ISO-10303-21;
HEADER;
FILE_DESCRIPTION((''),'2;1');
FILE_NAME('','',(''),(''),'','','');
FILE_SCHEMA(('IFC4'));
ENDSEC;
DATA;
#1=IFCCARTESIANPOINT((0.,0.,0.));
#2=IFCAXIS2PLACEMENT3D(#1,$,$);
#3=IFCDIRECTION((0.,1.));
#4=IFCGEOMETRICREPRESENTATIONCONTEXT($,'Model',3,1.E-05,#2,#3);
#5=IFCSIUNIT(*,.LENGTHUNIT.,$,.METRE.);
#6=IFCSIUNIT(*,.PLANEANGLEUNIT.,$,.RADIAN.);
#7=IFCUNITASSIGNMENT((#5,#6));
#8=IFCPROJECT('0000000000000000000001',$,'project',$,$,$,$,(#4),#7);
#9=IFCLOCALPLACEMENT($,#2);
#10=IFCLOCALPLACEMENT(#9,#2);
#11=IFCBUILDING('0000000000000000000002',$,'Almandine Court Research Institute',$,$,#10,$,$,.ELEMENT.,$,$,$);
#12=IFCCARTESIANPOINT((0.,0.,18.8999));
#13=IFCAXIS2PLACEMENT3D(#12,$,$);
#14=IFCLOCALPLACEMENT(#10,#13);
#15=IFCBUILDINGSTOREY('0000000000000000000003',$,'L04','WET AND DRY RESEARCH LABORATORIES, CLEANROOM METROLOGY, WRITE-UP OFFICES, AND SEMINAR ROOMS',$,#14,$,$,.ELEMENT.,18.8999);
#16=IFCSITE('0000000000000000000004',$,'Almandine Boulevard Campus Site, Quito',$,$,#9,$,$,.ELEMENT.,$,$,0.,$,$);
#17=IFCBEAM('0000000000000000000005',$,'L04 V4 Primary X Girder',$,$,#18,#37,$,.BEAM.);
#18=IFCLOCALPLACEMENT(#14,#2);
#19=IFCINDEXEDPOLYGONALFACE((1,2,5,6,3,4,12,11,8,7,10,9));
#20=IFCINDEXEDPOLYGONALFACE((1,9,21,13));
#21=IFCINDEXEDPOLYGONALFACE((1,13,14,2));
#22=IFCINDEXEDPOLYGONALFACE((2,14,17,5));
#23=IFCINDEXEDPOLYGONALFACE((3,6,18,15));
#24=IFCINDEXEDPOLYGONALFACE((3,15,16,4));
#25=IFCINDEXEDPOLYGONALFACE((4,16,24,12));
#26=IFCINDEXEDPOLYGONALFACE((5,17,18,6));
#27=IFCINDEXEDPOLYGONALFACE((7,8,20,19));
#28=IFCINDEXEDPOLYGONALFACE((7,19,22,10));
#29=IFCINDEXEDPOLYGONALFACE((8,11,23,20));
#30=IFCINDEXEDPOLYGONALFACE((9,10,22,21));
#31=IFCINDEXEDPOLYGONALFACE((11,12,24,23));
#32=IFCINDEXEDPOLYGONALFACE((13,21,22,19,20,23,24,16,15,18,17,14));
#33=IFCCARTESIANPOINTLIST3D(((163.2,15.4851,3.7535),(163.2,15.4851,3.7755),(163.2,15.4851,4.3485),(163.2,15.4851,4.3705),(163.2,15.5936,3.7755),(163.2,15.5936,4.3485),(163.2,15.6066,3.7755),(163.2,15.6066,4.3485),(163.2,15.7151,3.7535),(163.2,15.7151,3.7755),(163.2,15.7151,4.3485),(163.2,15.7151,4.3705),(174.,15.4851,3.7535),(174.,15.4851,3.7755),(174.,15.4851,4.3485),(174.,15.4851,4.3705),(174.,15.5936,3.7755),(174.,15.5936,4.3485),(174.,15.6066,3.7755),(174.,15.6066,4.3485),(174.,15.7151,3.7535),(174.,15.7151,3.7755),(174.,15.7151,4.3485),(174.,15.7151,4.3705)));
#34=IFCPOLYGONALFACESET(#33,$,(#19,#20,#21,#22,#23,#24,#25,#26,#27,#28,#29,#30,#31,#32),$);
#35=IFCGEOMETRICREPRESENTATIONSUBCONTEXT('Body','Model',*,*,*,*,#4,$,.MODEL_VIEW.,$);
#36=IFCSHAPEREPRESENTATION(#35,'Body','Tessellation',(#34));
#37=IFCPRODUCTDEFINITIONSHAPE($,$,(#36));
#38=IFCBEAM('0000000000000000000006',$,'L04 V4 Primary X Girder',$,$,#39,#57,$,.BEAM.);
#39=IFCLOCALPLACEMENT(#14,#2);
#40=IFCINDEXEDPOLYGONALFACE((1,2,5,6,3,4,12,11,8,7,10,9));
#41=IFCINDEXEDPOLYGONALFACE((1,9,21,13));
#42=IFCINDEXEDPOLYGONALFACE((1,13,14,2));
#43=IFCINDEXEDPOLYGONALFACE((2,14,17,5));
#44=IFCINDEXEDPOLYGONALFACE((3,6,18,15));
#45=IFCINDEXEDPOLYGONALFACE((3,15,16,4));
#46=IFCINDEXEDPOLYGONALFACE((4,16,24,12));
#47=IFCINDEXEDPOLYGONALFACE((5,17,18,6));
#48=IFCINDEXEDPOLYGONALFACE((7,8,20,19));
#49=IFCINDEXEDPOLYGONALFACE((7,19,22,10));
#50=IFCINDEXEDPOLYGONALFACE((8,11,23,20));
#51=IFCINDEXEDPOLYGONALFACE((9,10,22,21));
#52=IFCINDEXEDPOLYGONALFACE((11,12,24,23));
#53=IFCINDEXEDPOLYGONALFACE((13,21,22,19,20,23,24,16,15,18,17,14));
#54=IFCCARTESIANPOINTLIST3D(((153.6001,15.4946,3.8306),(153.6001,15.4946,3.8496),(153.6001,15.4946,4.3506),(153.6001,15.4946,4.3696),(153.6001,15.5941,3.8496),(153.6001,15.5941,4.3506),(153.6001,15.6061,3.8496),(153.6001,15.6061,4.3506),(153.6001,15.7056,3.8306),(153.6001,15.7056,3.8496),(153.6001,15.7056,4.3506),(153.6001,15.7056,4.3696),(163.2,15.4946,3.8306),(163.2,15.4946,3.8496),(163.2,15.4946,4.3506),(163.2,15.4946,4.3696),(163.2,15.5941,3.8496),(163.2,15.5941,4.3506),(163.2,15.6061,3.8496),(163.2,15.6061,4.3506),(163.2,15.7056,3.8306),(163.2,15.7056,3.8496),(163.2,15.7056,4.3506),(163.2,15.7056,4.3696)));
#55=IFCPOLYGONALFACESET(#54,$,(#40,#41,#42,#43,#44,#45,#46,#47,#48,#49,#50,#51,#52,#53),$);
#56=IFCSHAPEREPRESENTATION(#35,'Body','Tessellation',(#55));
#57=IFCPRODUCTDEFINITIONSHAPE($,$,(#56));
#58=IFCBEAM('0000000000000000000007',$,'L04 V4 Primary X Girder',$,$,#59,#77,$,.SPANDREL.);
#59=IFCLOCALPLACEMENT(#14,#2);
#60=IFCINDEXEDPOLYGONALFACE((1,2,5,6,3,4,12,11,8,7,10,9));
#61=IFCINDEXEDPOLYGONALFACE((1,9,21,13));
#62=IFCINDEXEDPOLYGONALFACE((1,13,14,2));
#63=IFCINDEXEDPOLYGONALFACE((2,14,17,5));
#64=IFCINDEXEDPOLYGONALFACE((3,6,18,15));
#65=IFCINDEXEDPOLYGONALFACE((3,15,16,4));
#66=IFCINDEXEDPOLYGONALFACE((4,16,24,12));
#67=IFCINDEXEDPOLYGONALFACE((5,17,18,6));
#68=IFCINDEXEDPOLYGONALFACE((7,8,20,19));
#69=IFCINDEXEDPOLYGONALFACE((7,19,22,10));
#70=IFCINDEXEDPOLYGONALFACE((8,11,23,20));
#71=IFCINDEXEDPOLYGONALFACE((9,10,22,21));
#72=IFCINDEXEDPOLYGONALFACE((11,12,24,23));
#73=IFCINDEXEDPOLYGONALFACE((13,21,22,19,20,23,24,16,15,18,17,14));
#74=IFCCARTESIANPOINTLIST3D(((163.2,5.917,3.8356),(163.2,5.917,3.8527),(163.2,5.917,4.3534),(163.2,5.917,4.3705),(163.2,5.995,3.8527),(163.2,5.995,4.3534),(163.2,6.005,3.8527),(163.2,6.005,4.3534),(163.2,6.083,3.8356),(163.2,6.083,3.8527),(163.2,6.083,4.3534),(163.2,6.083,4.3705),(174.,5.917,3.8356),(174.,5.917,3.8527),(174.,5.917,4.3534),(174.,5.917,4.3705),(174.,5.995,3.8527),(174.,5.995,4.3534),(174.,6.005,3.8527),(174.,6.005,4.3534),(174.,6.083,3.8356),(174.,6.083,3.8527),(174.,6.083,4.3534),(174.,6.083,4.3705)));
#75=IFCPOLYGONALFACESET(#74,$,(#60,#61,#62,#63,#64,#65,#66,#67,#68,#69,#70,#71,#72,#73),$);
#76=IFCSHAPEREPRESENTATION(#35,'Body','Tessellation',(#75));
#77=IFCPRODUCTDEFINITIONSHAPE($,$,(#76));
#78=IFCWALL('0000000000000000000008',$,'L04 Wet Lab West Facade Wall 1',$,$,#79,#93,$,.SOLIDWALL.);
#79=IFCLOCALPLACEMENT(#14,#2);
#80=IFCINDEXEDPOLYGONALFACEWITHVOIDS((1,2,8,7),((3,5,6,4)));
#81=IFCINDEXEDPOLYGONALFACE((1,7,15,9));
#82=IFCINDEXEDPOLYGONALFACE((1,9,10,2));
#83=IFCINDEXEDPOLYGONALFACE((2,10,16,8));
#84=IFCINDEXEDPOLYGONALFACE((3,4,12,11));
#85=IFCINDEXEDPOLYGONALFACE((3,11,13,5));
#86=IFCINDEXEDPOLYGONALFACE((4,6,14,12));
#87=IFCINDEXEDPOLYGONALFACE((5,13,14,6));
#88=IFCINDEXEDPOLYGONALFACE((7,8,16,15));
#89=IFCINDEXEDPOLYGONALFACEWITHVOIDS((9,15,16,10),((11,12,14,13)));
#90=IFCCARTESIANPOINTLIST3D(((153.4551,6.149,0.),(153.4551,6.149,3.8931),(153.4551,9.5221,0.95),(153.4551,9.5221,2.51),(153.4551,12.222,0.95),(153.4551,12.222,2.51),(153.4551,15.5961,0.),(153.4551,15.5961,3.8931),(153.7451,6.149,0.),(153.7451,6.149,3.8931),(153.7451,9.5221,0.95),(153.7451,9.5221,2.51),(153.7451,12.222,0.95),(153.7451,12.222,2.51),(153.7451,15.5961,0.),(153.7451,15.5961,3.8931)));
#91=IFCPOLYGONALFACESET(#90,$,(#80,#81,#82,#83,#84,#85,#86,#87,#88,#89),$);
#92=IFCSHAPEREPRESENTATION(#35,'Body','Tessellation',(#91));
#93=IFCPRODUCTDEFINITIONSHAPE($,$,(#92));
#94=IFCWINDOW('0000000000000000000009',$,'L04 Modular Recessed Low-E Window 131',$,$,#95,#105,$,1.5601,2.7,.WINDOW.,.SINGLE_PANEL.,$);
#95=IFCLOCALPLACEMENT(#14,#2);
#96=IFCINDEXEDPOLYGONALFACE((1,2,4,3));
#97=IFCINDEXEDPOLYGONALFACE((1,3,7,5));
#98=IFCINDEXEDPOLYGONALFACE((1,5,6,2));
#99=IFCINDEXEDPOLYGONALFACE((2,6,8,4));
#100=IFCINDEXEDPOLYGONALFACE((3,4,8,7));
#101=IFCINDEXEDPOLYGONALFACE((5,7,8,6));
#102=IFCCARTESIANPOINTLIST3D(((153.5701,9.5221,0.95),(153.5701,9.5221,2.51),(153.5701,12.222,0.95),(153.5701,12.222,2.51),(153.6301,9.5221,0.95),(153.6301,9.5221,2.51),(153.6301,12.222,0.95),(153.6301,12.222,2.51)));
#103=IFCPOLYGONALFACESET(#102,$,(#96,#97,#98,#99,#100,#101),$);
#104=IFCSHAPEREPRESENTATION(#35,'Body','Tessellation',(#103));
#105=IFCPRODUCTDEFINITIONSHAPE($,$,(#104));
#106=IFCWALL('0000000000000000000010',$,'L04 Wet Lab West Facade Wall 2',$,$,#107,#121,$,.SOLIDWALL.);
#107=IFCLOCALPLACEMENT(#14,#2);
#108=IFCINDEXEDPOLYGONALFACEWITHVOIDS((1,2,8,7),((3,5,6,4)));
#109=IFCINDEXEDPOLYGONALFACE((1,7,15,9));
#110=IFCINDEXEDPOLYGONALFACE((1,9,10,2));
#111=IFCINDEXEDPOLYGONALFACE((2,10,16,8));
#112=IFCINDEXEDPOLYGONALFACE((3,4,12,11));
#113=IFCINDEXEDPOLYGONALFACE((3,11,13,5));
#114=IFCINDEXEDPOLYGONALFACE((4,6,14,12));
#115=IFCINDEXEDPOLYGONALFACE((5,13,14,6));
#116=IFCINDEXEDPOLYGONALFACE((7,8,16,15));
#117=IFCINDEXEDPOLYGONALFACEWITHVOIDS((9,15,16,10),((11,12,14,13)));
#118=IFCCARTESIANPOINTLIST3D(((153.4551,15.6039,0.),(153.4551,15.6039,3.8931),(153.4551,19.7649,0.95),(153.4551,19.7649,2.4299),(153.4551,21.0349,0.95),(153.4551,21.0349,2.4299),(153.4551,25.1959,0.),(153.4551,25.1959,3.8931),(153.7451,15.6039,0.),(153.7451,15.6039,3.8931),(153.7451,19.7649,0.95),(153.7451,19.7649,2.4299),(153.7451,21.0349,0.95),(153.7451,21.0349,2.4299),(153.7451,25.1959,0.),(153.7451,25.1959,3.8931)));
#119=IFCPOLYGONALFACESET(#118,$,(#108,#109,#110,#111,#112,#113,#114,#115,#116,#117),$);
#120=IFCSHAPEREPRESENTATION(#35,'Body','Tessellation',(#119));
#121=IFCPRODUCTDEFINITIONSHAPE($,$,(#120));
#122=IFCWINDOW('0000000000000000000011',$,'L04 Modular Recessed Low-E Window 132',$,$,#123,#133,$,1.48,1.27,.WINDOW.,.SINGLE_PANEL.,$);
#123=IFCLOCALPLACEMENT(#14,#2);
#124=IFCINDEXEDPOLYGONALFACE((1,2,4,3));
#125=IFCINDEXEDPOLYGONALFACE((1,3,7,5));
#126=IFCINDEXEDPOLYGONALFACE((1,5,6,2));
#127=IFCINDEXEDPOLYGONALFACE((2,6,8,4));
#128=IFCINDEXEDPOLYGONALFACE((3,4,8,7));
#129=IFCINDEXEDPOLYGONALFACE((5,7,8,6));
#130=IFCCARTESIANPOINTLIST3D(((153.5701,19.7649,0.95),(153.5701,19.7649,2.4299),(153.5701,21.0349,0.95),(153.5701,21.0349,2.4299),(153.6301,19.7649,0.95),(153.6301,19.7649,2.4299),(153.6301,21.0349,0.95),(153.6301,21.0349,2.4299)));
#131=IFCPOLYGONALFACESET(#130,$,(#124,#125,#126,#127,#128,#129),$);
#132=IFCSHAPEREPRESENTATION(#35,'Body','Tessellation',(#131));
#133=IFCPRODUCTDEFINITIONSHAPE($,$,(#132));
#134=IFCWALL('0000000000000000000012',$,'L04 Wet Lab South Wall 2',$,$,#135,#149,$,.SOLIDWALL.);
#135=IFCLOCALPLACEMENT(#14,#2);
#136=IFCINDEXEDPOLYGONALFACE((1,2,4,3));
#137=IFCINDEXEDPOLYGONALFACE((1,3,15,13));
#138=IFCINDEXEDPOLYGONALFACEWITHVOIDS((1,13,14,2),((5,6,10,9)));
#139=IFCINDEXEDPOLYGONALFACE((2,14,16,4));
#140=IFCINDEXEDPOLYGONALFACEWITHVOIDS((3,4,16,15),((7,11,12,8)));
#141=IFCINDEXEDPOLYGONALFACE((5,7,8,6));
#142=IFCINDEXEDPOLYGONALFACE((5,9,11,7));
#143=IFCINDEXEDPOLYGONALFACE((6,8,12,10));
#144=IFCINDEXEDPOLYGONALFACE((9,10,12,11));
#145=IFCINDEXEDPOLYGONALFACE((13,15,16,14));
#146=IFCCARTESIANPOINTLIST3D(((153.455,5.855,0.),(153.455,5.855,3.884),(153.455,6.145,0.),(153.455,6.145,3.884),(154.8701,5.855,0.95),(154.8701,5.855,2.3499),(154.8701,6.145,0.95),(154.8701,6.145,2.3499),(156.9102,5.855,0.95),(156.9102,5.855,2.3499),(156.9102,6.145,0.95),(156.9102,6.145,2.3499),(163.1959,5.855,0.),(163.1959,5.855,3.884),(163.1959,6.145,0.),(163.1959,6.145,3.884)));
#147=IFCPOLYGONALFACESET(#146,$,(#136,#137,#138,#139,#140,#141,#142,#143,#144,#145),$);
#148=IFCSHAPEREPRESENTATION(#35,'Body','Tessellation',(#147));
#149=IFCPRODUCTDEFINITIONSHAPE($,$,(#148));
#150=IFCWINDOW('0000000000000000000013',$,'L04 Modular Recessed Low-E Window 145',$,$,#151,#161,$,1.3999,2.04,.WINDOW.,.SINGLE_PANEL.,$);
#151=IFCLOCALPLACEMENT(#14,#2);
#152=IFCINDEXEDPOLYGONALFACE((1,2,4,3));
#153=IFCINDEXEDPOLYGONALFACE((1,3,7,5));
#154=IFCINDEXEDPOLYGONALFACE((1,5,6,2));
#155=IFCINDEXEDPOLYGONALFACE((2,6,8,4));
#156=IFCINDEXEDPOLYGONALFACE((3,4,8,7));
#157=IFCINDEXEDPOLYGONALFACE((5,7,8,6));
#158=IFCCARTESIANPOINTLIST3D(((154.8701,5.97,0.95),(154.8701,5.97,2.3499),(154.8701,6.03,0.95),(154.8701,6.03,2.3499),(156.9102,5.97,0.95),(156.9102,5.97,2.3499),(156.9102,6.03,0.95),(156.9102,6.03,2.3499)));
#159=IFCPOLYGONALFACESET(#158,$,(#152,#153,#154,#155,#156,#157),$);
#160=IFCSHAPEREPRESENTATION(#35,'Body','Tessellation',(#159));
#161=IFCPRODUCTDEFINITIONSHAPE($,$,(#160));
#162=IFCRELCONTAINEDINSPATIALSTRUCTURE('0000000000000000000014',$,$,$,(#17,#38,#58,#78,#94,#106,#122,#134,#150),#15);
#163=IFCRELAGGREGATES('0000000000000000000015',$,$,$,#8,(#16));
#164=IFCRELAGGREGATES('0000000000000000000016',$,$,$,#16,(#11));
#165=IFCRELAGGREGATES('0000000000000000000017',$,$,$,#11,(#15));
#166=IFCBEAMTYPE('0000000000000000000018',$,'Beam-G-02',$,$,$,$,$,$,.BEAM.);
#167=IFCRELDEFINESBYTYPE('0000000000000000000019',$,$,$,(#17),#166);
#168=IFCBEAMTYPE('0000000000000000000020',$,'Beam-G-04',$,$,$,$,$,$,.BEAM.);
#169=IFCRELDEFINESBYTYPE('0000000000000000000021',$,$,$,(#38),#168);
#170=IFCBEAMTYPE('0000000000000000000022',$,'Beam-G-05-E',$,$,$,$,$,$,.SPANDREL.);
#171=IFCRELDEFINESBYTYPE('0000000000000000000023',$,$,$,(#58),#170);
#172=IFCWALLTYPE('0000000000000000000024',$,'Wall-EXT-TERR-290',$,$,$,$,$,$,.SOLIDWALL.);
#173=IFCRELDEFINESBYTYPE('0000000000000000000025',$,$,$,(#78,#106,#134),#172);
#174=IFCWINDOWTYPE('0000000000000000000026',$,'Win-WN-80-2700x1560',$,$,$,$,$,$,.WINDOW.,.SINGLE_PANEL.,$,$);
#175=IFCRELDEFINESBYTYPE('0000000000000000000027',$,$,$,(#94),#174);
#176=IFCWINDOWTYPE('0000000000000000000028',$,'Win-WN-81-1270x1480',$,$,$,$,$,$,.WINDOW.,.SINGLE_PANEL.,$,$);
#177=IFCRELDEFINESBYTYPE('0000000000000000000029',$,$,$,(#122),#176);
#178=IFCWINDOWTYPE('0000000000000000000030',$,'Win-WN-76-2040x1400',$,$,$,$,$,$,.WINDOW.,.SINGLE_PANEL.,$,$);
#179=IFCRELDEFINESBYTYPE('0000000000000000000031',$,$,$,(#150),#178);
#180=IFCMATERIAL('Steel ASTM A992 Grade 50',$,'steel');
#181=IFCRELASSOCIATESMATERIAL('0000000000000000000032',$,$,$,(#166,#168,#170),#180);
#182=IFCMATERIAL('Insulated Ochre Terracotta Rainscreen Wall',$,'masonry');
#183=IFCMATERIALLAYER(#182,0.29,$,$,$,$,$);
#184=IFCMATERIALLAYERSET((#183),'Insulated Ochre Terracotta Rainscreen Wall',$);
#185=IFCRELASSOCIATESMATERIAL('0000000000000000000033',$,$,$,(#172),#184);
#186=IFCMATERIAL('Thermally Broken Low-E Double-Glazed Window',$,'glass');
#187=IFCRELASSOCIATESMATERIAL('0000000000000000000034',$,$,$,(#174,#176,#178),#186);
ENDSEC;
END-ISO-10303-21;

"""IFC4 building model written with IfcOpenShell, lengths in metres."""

from ifc_helpers import new_model, si_unit, direction, frame, frame_2d, origin, origin_2d, place, context, subcontext, project, spatial, rectangle, i_section, extrude, material, layer, layer_set, material_profile, profile_set, type_object, element, fill, save


model = new_model("IFC4")

# Units and contexts
model_context = context("Model", 3, precision=1e-05, world=origin(), true_north=direction((0.0, 1.0)))
body_context = subcontext(model_context, "Body", "Model", "MODEL_VIEW")
ifc_project = project(units=[si_unit("LENGTHUNIT", "METRE"), si_unit("PLANEANGLEUNIT", "RADIAN")], contexts=[model_context])

# Site, building, storey
site_placement = place(None, origin())
site = spatial("IfcSite", under=ifc_project, at=site_placement, Name="Almandine Boulevard Campus Site, Quito", CompositionType="ELEMENT", RefElevation=0.0)
building_placement = place(site_placement, origin())
building = spatial("IfcBuilding", under=site, at=building_placement, Name="Almandine Court Research Institute", CompositionType="ELEMENT")
storey_placement = place(building_placement, frame((0.0, 0.0, 18.8999)))
storey = spatial("IfcBuildingStorey", under=building, at=storey_placement, Name="L04", Description="WET AND DRY RESEARCH LABORATORIES, CLEANROOM METROLOGY, WRITE-UP OFFICES, AND SEMINAR ROOMS", CompositionType="ELEMENT", Elevation=18.8999)

# Shared definitions
ifc_material_1 = material(Name="Steel ASTM A992 Grade 50", Category="steel")

# Beams
ifc_material_profile_1 = material_profile(ifc_material_1, i_section(OverallWidth=0.23, OverallDepth=0.6169, WebThickness=0.0129, FlangeThickness=0.022, at=origin_2d()), Name="W610x140")
ifc_profile_set_1 = profile_set([ifc_material_profile_1], Name="Steel ASTM A992 Grade 50")
beam_type_1 = type_object("IfcBeamType", Name="Beam-G-02", PredefinedType="BEAM", material=ifc_profile_set_1)
beam_1_placement = place(storey_placement, frame((163.2, 15.6001, 4.062), z_axis=(1.0, 0.0, 0.0), x_axis=(0.0, 1.0, 0.0)))
element("IfcBeam", 1, at=beam_1_placement, inside=storey, type_object=beam_type_1, Name="L04 V4 Primary X Girder", PredefinedType="BEAM", context=body_context, shape_type="SweptSolid", body=[
    extrude(i_section(OverallWidth=0.23, OverallDepth=0.6169, WebThickness=0.0129, FlangeThickness=0.022, at=origin_2d()), origin(), (0.0, 0.0, 1.0), 10.8),
])
ifc_material_profile_2 = material_profile(ifc_material_1, i_section(OverallWidth=0.2109, OverallDepth=0.5391, WebThickness=0.012, FlangeThickness=0.019, at=origin_2d()), Name="W530x109")
ifc_profile_set_2 = profile_set([ifc_material_profile_2], Name="Steel ASTM A992 Grade 50")
beam_type_2 = type_object("IfcBeamType", Name="Beam-G-04", PredefinedType="BEAM", material=ifc_profile_set_2)
beam_2_placement = place(storey_placement, frame((153.6001, 15.6001, 4.1001), z_axis=(1.0, 0.0, 0.0), x_axis=(0.0, 1.0, 0.0)))
element("IfcBeam", 2, at=beam_2_placement, inside=storey, type_object=beam_type_2, Name="L04 V4 Primary X Girder", PredefinedType="BEAM", context=body_context, shape_type="SweptSolid", body=[
    extrude(i_section(OverallWidth=0.2109, OverallDepth=0.5391, WebThickness=0.012, FlangeThickness=0.019, at=origin_2d()), origin(), (0.0, 0.0, 1.0), 9.5999),
])
ifc_material_profile_3 = material_profile(ifc_material_1, i_section(OverallWidth=0.166, OverallDepth=0.5349, WebThickness=0.01, FlangeThickness=0.0171, at=origin_2d()), Name="W530x85")
ifc_profile_set_3 = profile_set([ifc_material_profile_3], Name="Steel ASTM A992 Grade 50")
beam_type_3 = type_object("IfcBeamType", Name="Beam-G-05-E", PredefinedType="SPANDREL", material=ifc_profile_set_3)
beam_3_placement = place(storey_placement, frame((163.2, 6.0, 4.103), z_axis=(1.0, 0.0, 0.0), x_axis=(0.0, 1.0, 0.0)))
element("IfcBeam", 3, at=beam_3_placement, inside=storey, type_object=beam_type_3, Name="L04 V4 Primary X Girder", PredefinedType="SPANDREL", context=body_context, shape_type="SweptSolid", body=[
    extrude(i_section(OverallWidth=0.166, OverallDepth=0.5349, WebThickness=0.01, FlangeThickness=0.0171, at=origin_2d()), origin(), (0.0, 0.0, 1.0), 10.8),
])

# Walls, openings, windows
ifc_material_2 = material(Name="Insulated Ochre Terracotta Rainscreen Wall", Category="masonry")
ifc_layer_1 = layer(ifc_material_2, 0.29)
ifc_layer_set_1 = layer_set([ifc_layer_1], Name="Insulated Ochre Terracotta Rainscreen Wall")
wall_type_1 = type_object("IfcWallType", Name="Wall-EXT-TERR-290", PredefinedType="SOLIDWALL", material=ifc_layer_set_1)
wall_1_placement = place(storey_placement, frame((153.6001, 6.1489, 0.0), z_axis=(0.0, 0.0, 1.0), x_axis=(0.0, 1.0, 0.0)))
wall_1 = element("IfcWall", 4, at=wall_1_placement, inside=storey, type_object=wall_type_1, Name="L04 Wet Lab West Facade Wall 1", PredefinedType="SOLIDWALL", context=body_context, shape_type="SweptSolid", body=[
    extrude(rectangle(XDim=9.447, YDim=0.29, at=frame_2d((4.7236, 0.0))), origin(), (0.0, 0.0, 1.0), 3.8931),
])
opening_1_placement = place(wall_1_placement, frame((3.373, 0.0, 0.95)))
opening_1 = element("IfcOpeningElement", 5, at=opening_1_placement, cuts=wall_1, PredefinedType="OPENING", context=body_context, shape_type="SweptSolid", body=[
    extrude(rectangle(XDim=2.7, YDim=1.5601, at=frame_2d((1.3501, 0.78))), frame((0.0, 0.155, 0.0), z_axis=(0.0, -1.0, 0.0), x_axis=(1.0, 0.0, 0.0)), (0.0, 0.0, 1.0), 0.3101),
])
ifc_material_3 = material(Name="Thermally Broken Low-E Double-Glazed Window", Category="glass")
window_type_1 = type_object("IfcWindowType", Name="Win-WN-80-2700x1560", PartitioningType="SINGLE_PANEL", PredefinedType="WINDOW", material=ifc_material_3)
window_1_placement = place(opening_1_placement, origin())
window_1 = element("IfcWindow", 6, at=window_1_placement, inside=storey, type_object=window_type_1, Name="L04 Modular Recessed Low-E Window 131", OverallHeight=1.5601, OverallWidth=2.7, PartitioningType="SINGLE_PANEL", PredefinedType="WINDOW", context=body_context, shape_type="SweptSolid", body=[
    extrude(rectangle(XDim=2.7, YDim=1.5601, at=frame_2d((1.3501, 0.78))), frame((0.0, 0.03, 0.0), z_axis=(0.0, -1.0, 0.0), x_axis=(1.0, 0.0, 0.0)), (0.0, 0.0, 1.0), 0.0601),
])
fill(opening_1, window_1)
wall_2_placement = place(storey_placement, frame((153.6001, 15.604, 0.0), z_axis=(0.0, 0.0, 1.0), x_axis=(0.0, 1.0, 0.0)))
wall_2 = element("IfcWall", 7, at=wall_2_placement, inside=storey, type_object=wall_type_1, Name="L04 Wet Lab West Facade Wall 2", PredefinedType="SOLIDWALL", context=body_context, shape_type="SweptSolid", body=[
    extrude(rectangle(XDim=9.592, YDim=0.29, at=frame_2d((4.7959, 0.0))), origin(), (0.0, 0.0, 1.0), 3.8931),
])
opening_2_placement = place(wall_2_placement, frame((4.1609, 0.0, 0.95)))
opening_2 = element("IfcOpeningElement", 8, at=opening_2_placement, cuts=wall_2, PredefinedType="OPENING", context=body_context, shape_type="SweptSolid", body=[
    extrude(rectangle(XDim=1.27, YDim=1.48, at=frame_2d((0.635, 0.74))), frame((0.0, 0.155, 0.0), z_axis=(0.0, -1.0, 0.0), x_axis=(1.0, 0.0, 0.0)), (0.0, 0.0, 1.0), 0.3101),
])
window_type_2 = type_object("IfcWindowType", Name="Win-WN-81-1270x1480", PartitioningType="SINGLE_PANEL", PredefinedType="WINDOW", material=ifc_material_3)
window_2_placement = place(opening_2_placement, origin())
window_2 = element("IfcWindow", 9, at=window_2_placement, inside=storey, type_object=window_type_2, Name="L04 Modular Recessed Low-E Window 132", OverallHeight=1.48, OverallWidth=1.27, PartitioningType="SINGLE_PANEL", PredefinedType="WINDOW", context=body_context, shape_type="SweptSolid", body=[
    extrude(rectangle(XDim=1.27, YDim=1.48, at=frame_2d((0.635, 0.74))), frame((0.0, 0.03, 0.0), z_axis=(0.0, -1.0, 0.0), x_axis=(1.0, 0.0, 0.0)), (0.0, 0.0, 1.0), 0.0601),
])
fill(opening_2, window_2)
wall_3_placement = place(storey_placement, frame((163.196, 6.0, 0.0), z_axis=(0.0, 0.0, 1.0), x_axis=(-1.0, 0.0, 0.0)))
wall_3 = element("IfcWall", 10, at=wall_3_placement, inside=storey, type_object=wall_type_1, Name="L04 Wet Lab South Wall 2", PredefinedType="SOLIDWALL", context=body_context, shape_type="SweptSolid", body=[
    extrude(rectangle(XDim=9.741, YDim=0.29, at=frame_2d((4.8706, 0.0))), origin(), (0.0, 0.0, 1.0), 3.884),
])
opening_3_placement = place(wall_3_placement, frame((6.2859, 0.0, 0.95)))
opening_3 = element("IfcOpeningElement", 11, at=opening_3_placement, cuts=wall_3, PredefinedType="OPENING", context=body_context, shape_type="SweptSolid", body=[
    extrude(rectangle(XDim=2.04, YDim=1.3999, at=frame_2d((1.02, 0.7))), frame((0.0, 0.155, 0.0), z_axis=(0.0, -1.0, 0.0), x_axis=(1.0, 0.0, 0.0)), (0.0, 0.0, 1.0), 0.3101),
])
window_type_3 = type_object("IfcWindowType", Name="Win-WN-76-2040x1400", PartitioningType="SINGLE_PANEL", PredefinedType="WINDOW", material=ifc_material_3)
window_3_placement = place(opening_3_placement, origin())
window_3 = element("IfcWindow", 12, at=window_3_placement, inside=storey, type_object=window_type_3, Name="L04 Modular Recessed Low-E Window 145", OverallHeight=1.3999, OverallWidth=2.04, PartitioningType="SINGLE_PANEL", PredefinedType="WINDOW", context=body_context, shape_type="SweptSolid", body=[
    extrude(rectangle(XDim=2.04, YDim=1.3999, at=frame_2d((1.02, 0.7))), frame((0.0, 0.03, 0.0), z_axis=(0.0, -1.0, 0.0), x_axis=(1.0, 0.0, 0.0)), (0.0, 0.0, 1.0), 0.0601),
])
fill(opening_3, window_3)

save(model, "model.ifc")
